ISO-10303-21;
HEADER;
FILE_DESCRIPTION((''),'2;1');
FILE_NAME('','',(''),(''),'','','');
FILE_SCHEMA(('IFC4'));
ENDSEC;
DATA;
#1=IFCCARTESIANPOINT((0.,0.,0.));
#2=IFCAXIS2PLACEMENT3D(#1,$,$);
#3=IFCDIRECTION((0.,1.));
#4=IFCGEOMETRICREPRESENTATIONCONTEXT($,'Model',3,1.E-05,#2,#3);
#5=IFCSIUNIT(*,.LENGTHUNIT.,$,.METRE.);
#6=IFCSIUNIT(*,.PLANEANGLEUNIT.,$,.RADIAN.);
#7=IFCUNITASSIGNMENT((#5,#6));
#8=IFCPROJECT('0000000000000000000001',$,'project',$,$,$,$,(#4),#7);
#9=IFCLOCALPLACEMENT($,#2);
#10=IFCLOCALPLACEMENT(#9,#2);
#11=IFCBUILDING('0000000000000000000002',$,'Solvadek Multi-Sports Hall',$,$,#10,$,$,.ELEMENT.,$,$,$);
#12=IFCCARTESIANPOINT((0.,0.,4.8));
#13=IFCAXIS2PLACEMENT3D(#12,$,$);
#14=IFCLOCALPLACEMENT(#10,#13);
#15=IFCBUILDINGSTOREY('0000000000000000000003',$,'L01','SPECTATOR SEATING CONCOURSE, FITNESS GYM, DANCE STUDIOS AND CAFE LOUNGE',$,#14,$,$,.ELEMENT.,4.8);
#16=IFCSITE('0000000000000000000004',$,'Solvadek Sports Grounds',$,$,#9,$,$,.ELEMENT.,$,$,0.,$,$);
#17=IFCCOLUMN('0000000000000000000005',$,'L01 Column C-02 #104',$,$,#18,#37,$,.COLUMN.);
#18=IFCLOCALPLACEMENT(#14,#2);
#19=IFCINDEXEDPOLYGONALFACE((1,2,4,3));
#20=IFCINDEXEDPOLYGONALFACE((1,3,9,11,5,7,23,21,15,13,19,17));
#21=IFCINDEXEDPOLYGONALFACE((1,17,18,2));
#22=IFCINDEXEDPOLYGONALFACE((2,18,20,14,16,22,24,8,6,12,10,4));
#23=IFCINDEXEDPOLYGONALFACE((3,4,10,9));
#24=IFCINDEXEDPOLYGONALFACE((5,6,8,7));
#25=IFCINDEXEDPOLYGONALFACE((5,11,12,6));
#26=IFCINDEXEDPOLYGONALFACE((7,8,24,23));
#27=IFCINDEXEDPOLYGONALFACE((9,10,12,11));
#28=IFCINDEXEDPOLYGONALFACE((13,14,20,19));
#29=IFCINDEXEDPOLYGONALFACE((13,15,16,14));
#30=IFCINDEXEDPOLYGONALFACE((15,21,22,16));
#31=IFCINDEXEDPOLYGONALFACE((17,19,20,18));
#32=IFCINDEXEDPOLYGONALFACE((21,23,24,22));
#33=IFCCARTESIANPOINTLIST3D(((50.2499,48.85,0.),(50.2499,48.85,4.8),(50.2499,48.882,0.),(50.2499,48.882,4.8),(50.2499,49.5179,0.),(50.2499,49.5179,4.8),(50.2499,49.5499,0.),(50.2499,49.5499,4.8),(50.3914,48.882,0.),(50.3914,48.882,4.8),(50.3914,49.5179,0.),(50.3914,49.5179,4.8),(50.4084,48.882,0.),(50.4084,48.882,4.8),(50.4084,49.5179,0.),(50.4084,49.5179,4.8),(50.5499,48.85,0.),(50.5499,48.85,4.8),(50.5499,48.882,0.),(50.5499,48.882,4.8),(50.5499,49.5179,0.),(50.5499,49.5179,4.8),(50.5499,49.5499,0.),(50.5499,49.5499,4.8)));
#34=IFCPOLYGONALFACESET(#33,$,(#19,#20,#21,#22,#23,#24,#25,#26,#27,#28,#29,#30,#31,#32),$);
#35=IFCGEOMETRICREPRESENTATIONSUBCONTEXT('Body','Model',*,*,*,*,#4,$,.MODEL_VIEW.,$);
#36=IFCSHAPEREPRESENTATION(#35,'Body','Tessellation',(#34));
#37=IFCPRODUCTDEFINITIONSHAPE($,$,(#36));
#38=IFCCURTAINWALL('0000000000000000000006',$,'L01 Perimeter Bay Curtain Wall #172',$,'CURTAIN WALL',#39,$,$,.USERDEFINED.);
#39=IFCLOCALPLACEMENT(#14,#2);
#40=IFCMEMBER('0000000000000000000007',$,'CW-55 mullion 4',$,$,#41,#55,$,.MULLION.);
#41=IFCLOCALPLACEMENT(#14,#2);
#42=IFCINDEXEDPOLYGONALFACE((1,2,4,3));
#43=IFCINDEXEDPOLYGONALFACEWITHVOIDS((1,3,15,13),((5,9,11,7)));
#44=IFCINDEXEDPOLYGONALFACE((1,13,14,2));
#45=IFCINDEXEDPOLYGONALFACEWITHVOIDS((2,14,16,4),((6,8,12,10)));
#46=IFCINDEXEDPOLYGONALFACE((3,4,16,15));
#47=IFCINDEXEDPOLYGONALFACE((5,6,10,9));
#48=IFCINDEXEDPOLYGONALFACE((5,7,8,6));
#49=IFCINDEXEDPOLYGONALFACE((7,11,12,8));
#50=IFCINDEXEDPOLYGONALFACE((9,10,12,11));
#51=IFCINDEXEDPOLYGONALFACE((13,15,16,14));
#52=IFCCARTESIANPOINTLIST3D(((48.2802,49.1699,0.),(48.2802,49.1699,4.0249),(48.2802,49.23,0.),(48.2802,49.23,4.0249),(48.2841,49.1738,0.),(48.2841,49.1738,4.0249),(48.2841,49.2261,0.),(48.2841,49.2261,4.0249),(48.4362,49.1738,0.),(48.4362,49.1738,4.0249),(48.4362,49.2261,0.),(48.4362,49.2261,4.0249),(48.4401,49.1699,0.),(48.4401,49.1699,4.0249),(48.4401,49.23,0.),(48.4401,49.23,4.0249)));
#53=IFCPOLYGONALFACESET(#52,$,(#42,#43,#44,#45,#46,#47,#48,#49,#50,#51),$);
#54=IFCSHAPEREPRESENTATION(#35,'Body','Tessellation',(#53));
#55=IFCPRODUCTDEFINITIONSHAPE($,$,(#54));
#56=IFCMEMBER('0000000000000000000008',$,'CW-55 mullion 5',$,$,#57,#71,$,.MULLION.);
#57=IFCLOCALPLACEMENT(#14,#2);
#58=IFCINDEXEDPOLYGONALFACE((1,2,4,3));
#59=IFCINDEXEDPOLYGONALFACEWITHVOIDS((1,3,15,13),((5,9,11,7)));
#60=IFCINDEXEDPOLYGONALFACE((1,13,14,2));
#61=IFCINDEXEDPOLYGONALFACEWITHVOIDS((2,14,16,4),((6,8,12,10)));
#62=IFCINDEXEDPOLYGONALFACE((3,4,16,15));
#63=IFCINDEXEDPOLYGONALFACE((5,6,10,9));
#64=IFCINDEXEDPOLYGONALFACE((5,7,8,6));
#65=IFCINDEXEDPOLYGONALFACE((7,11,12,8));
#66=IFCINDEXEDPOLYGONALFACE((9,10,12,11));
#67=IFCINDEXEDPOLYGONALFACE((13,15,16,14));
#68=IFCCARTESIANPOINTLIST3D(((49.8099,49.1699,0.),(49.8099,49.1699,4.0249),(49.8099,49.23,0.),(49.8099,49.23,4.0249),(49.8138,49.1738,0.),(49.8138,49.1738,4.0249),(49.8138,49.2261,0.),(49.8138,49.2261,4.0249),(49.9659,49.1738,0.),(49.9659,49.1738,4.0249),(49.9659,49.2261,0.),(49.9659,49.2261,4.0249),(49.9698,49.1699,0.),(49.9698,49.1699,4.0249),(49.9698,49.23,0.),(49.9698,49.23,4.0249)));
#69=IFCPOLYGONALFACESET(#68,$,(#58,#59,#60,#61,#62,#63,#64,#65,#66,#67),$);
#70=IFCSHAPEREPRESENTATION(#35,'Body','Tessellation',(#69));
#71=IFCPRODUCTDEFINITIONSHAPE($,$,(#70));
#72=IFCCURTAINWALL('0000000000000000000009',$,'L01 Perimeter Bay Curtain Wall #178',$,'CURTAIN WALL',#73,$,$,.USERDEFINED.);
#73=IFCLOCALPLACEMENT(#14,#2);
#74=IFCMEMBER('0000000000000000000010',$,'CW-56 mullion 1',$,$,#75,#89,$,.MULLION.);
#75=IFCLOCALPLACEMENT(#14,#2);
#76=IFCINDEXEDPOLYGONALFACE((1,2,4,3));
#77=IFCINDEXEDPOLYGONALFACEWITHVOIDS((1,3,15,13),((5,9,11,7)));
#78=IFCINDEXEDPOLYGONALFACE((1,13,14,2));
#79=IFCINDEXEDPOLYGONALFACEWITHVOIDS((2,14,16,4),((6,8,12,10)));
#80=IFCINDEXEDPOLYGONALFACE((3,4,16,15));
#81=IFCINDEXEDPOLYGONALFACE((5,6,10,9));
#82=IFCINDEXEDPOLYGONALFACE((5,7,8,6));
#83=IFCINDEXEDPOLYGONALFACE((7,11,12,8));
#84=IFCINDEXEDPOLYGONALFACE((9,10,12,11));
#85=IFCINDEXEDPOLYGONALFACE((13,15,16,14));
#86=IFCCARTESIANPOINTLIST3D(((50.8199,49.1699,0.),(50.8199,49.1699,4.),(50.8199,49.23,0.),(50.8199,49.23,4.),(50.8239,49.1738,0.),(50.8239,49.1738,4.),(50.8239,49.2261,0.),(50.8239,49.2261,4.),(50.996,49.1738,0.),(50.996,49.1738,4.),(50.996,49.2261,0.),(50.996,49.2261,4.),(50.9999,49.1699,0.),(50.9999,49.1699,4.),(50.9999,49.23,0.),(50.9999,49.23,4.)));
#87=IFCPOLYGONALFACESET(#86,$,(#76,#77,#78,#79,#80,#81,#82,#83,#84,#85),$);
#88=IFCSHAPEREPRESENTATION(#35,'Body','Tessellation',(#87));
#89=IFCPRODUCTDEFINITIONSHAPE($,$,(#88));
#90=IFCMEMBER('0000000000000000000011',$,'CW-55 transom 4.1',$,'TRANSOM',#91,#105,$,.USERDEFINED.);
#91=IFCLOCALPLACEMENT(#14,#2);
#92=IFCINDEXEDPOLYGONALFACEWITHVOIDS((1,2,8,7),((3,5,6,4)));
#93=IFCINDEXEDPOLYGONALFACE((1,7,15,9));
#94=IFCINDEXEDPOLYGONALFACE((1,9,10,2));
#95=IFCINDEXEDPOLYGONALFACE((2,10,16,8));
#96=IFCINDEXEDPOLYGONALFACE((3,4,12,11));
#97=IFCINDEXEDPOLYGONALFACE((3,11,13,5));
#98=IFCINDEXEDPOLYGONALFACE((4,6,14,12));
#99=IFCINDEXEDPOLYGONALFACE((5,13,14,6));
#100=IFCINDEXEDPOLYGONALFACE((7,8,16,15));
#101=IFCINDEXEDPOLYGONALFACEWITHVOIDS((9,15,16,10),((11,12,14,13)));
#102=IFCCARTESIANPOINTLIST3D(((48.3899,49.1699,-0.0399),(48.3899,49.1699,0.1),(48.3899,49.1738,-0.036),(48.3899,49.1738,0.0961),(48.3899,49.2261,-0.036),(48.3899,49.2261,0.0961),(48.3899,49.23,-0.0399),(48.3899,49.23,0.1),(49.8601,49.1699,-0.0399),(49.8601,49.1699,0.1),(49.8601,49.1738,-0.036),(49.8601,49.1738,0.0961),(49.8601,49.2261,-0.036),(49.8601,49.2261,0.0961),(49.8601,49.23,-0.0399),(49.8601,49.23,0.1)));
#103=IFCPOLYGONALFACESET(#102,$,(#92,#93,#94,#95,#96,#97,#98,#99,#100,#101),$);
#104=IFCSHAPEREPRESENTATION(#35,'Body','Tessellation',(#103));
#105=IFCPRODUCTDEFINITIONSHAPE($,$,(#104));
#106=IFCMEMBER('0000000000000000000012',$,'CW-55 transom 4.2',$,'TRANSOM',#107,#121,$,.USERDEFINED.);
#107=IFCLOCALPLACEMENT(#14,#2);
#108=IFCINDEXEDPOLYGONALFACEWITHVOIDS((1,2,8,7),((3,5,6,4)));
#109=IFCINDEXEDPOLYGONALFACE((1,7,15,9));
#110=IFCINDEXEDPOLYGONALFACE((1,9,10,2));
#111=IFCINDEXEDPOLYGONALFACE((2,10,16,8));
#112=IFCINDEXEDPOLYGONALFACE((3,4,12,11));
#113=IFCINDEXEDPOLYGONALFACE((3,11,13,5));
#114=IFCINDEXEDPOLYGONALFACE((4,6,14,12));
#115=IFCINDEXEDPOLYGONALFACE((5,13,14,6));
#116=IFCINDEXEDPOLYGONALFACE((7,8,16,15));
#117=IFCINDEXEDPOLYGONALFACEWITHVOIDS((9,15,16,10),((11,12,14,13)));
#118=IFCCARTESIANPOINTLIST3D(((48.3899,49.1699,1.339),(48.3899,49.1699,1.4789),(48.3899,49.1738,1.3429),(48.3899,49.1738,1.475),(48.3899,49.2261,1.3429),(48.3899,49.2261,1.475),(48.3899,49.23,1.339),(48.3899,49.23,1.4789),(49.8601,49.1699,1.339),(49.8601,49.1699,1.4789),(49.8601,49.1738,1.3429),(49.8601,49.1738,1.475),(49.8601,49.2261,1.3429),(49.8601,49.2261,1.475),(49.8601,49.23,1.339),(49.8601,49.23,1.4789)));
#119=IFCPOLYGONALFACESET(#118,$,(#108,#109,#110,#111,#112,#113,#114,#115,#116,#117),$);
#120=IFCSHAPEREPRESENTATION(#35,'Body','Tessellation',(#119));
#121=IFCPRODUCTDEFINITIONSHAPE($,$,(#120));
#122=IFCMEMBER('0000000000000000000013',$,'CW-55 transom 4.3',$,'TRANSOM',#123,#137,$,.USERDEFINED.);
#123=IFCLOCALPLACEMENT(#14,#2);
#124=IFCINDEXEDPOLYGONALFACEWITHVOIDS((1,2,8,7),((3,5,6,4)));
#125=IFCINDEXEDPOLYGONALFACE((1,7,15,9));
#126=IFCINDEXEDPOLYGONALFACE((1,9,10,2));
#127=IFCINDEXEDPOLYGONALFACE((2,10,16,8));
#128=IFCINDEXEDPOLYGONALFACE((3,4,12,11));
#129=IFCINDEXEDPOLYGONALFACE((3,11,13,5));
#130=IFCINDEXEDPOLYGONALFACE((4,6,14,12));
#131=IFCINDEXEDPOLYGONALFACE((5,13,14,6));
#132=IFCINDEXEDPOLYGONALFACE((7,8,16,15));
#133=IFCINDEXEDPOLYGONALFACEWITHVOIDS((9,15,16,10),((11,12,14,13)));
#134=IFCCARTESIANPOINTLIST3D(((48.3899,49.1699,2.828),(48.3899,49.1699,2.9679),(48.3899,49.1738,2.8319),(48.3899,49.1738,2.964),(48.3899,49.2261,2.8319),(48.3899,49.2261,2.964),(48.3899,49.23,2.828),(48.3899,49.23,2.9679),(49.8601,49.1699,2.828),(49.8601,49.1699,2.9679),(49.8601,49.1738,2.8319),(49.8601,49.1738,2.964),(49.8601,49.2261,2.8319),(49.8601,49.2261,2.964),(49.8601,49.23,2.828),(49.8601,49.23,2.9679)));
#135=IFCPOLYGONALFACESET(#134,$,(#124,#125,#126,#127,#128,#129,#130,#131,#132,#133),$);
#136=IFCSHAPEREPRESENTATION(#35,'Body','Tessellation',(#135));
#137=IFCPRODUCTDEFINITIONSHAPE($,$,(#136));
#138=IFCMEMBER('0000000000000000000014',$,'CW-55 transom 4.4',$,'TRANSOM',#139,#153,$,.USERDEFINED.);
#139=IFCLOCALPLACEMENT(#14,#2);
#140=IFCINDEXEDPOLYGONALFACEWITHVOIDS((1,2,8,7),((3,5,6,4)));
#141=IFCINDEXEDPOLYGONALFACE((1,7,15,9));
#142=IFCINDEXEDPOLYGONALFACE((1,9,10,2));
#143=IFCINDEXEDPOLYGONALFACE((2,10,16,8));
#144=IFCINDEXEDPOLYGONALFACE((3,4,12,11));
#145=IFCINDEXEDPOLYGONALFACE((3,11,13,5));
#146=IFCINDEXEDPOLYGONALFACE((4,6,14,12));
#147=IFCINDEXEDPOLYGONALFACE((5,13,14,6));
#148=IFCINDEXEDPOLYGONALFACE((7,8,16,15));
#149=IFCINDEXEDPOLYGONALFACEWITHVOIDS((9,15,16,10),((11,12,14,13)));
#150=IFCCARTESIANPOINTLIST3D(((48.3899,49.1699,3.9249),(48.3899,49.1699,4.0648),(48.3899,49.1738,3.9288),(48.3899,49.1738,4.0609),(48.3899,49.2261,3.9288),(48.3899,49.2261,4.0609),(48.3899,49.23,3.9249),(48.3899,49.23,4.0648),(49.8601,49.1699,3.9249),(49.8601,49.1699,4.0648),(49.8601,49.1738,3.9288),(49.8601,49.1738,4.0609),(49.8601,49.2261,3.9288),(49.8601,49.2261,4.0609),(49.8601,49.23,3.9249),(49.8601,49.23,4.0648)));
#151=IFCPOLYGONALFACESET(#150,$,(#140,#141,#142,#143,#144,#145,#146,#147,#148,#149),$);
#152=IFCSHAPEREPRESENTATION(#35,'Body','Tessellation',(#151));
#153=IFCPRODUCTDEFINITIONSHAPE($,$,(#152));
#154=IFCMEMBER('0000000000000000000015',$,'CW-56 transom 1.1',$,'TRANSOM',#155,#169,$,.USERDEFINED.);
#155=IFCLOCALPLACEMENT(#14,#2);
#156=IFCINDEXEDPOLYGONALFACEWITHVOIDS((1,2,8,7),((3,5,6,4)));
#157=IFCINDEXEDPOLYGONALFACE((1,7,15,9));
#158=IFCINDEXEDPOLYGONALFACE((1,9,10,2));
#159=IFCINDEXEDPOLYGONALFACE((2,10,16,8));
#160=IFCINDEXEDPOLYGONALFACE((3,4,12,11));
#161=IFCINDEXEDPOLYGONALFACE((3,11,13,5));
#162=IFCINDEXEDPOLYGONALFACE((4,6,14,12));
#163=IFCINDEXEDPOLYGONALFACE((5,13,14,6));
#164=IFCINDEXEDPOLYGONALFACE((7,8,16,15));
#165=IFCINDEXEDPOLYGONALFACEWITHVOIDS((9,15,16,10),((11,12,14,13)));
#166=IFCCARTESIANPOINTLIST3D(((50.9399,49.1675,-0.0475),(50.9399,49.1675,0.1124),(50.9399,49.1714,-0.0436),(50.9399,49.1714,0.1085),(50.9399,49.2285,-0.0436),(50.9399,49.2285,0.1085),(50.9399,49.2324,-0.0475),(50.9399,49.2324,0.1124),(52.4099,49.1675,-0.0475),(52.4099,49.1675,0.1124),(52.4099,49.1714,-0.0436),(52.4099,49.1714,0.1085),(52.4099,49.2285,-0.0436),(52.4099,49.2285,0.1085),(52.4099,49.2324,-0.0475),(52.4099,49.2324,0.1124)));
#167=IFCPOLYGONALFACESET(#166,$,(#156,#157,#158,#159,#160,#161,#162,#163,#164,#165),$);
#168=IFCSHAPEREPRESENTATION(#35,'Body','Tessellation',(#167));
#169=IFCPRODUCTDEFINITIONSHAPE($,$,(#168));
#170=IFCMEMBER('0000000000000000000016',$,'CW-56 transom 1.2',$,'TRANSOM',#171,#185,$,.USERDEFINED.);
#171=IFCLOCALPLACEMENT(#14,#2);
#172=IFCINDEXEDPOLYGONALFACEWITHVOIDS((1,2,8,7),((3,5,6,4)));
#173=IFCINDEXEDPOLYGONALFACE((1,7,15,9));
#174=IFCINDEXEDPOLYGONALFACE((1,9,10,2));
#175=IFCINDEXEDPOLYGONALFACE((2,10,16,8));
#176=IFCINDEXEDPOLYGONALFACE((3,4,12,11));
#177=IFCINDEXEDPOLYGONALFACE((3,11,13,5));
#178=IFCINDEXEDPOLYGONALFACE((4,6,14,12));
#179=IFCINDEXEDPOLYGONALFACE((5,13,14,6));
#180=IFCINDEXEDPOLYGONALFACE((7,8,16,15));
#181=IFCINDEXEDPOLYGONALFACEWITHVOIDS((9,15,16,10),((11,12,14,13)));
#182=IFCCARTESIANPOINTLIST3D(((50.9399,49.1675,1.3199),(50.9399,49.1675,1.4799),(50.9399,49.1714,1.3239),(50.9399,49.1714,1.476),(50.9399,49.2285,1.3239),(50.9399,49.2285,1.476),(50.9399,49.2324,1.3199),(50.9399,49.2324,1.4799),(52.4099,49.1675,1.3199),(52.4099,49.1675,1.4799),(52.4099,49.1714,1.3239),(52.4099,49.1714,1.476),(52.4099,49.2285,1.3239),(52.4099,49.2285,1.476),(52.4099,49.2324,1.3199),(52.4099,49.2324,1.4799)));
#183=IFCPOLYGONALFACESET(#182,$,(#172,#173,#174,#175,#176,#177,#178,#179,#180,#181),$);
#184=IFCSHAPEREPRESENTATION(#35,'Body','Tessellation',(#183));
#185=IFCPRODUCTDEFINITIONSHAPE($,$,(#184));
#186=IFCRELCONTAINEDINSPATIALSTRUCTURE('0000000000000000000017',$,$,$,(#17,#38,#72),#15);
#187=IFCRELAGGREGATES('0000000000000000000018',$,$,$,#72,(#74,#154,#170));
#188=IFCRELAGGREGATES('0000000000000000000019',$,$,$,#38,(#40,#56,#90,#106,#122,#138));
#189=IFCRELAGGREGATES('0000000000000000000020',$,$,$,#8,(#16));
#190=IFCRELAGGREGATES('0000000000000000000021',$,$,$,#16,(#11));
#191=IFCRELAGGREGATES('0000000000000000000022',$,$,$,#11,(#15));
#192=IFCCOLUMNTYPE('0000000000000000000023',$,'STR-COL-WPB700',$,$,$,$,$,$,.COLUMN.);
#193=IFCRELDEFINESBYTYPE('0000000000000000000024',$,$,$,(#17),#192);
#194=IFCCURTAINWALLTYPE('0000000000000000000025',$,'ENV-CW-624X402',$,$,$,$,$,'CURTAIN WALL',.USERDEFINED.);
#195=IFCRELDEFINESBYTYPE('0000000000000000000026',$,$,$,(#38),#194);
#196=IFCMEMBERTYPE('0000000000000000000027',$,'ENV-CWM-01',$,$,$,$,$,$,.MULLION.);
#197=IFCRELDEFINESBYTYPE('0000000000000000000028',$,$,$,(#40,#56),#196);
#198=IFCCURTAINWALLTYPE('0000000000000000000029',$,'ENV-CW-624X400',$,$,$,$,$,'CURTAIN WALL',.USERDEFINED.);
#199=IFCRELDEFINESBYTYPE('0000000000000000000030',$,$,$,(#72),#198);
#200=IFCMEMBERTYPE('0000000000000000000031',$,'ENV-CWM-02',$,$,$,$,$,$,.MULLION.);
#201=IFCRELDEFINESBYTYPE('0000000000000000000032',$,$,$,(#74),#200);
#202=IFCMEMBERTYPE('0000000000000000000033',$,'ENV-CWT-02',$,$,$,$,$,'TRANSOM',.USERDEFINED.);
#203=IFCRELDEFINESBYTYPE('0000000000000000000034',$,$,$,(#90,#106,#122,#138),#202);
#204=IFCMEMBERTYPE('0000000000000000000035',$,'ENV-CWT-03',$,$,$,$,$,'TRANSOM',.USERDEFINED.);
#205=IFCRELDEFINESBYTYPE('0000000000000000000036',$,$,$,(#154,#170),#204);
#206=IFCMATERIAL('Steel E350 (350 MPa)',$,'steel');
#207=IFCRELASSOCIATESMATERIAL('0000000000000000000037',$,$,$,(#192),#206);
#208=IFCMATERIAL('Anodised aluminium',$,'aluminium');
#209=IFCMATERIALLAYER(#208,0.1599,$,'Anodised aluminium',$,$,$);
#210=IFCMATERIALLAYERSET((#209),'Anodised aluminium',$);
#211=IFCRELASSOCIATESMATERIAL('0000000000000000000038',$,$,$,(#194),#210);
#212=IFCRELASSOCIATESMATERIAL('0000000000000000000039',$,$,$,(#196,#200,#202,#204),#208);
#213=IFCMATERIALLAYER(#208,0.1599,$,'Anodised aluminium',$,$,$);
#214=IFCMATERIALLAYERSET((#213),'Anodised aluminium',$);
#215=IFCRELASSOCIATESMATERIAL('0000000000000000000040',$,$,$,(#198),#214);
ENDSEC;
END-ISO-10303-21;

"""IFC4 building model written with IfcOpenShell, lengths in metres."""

from ifc_helpers import new_model, si_unit, direction, frame, origin, origin_2d, place, context, subcontext, project, spatial, hollow_rectangle, i_section, extrude, material, layer, layer_set, material_profile, profile_set, type_object, element, aggregate, save


model = new_model("IFC4")

# Units and contexts
model_context = context("Model", 3, precision=1e-05, world=origin(), true_north=direction((0.0, 1.0)))
body_context = subcontext(model_context, "Body", "Model", "MODEL_VIEW")
ifc_project = project(units=[si_unit("LENGTHUNIT", "METRE"), si_unit("PLANEANGLEUNIT", "RADIAN")], contexts=[model_context])

# Site, building, storey
site_placement = place(None, origin())
site = spatial("IfcSite", under=ifc_project, at=site_placement, Name="Solvadek Sports Grounds", CompositionType="ELEMENT", RefElevation=0.0)
building_placement = place(site_placement, origin())
building = spatial("IfcBuilding", under=site, at=building_placement, Name="Solvadek Multi-Sports Hall", CompositionType="ELEMENT")
storey_placement = place(building_placement, frame((0.0, 0.0, 4.8)))
storey = spatial("IfcBuildingStorey", under=building, at=storey_placement, Name="L01", Description="SPECTATOR SEATING CONCOURSE, FITNESS GYM, DANCE STUDIOS AND CAFE LOUNGE", CompositionType="ELEMENT", Elevation=4.8)

# Column
ifc_material_1 = material(Name="Steel E350 (350 MPa)", Category="steel")
ifc_material_profile_1 = material_profile(ifc_material_1, i_section(OverallWidth=0.3, OverallDepth=0.7, WebThickness=0.0171, FlangeThickness=0.032, at=origin_2d()), Name="WPB 700")
ifc_profile_set_1 = profile_set([ifc_material_profile_1], Name="Steel E350 (350 MPa)")
column_type = type_object("IfcColumnType", Name="STR-COL-WPB700", PredefinedType="COLUMN", material=ifc_profile_set_1)
column_placement = place(storey_placement, frame((50.3999, 49.2, 0.0), z_axis=(0.0, 0.0, 1.0), x_axis=(1.0, 0.0, 0.0)))
element("IfcColumn", 1, at=column_placement, inside=storey, type_object=column_type, Name="L01 Column C-02 #104", PredefinedType="COLUMN", context=body_context, shape_type="SweptSolid", body=[
    extrude(i_section(OverallWidth=0.3, OverallDepth=0.7, WebThickness=0.0171, FlangeThickness=0.032, at=origin_2d()), origin(), (0.0, 0.0, 1.0), 4.8),
])

# Curtain wall, members
ifc_material_2 = material(Name="Anodised aluminium", Category="aluminium")
ifc_layer_1 = layer(ifc_material_2, 0.1599, Name="Anodised aluminium")
ifc_layer_set_1 = layer_set([ifc_layer_1], Name="Anodised aluminium")
curtain_wall_type_1 = type_object("IfcCurtainWallType", Name="ENV-CW-624X402", ElementType="CURTAIN WALL", PredefinedType="USERDEFINED", material=ifc_layer_set_1)
curtain_wall_1_placement = place(storey_placement, origin())
curtain_wall_1 = element("IfcCurtainWall", 2, at=curtain_wall_1_placement, inside=storey, type_object=curtain_wall_type_1, Name="L01 Perimeter Bay Curtain Wall #172", ObjectType="CURTAIN WALL", PredefinedType="USERDEFINED")
ifc_material_profile_2 = material_profile(ifc_material_2, hollow_rectangle(XDim=0.0601, YDim=0.1599, WallThickness=0.0039, at=origin_2d()), Name="ALU-M 160x60x4")
ifc_profile_set_2 = profile_set([ifc_material_profile_2], Name="Anodised aluminium")
member_type_1 = type_object("IfcMemberType", Name="ENV-CWM-01", PredefinedType="MULLION", material=ifc_profile_set_2)
member_1_placement = place(storey_placement, frame((48.3601, 49.2, 0.0), z_axis=(0.0, 0.0, 1.0), x_axis=(0.0, 1.0, 0.0)))
member_1 = element("IfcMember", 3, at=member_1_placement, type_object=member_type_1, Name="CW-55 mullion 4", PredefinedType="MULLION", context=body_context, shape_type="SweptSolid", body=[
    extrude(hollow_rectangle(XDim=0.0601, YDim=0.1599, WallThickness=0.0039, at=origin_2d()), origin(), (0.0, 0.0, 1.0), 4.0249),
])
member_2_placement = place(storey_placement, frame((49.8899, 49.2, 0.0), z_axis=(0.0, 0.0, 1.0), x_axis=(0.0, 1.0, 0.0)))
member_2 = element("IfcMember", 4, at=member_2_placement, type_object=member_type_1, Name="CW-55 mullion 5", PredefinedType="MULLION", context=body_context, shape_type="SweptSolid", body=[
    extrude(hollow_rectangle(XDim=0.0601, YDim=0.1599, WallThickness=0.0039, at=origin_2d()), origin(), (0.0, 0.0, 1.0), 4.0249),
])

# Curtain wall, member
ifc_layer_2 = layer(ifc_material_2, 0.1599, Name="Anodised aluminium")
ifc_layer_set_2 = layer_set([ifc_layer_2], Name="Anodised aluminium")
curtain_wall_type_2 = type_object("IfcCurtainWallType", Name="ENV-CW-624X400", ElementType="CURTAIN WALL", PredefinedType="USERDEFINED", material=ifc_layer_set_2)
curtain_wall_2_placement = place(storey_placement, origin())
curtain_wall_2 = element("IfcCurtainWall", 5, at=curtain_wall_2_placement, inside=storey, type_object=curtain_wall_type_2, Name="L01 Perimeter Bay Curtain Wall #178", ObjectType="CURTAIN WALL", PredefinedType="USERDEFINED")
ifc_material_profile_3 = material_profile(ifc_material_2, hollow_rectangle(XDim=0.0601, YDim=0.1799, WallThickness=0.0039, at=origin_2d()), Name="ALU-M 180x60x4")
ifc_profile_set_3 = profile_set([ifc_material_profile_3], Name="Anodised aluminium")
member_type_2 = type_object("IfcMemberType", Name="ENV-CWM-02", PredefinedType="MULLION", material=ifc_profile_set_3)
member_3_placement = place(storey_placement, frame((50.9099, 49.2, 0.0), z_axis=(0.0, 0.0, 1.0), x_axis=(0.0, 1.0, 0.0)))
member_3 = element("IfcMember", 6, at=member_3_placement, type_object=member_type_2, Name="CW-56 mullion 1", PredefinedType="MULLION", context=body_context, shape_type="SweptSolid", body=[
    extrude(hollow_rectangle(XDim=0.0601, YDim=0.1799, WallThickness=0.0039, at=origin_2d()), origin(), (0.0, 0.0, 1.0), 4.0),
])

# Members
ifc_material_profile_4 = material_profile(ifc_material_2, hollow_rectangle(XDim=0.0601, YDim=0.1399, WallThickness=0.0039, at=origin_2d()), Name="ALU-T 140x60x4")
ifc_profile_set_4 = profile_set([ifc_material_profile_4], Name="Anodised aluminium")
member_type_3 = type_object("IfcMemberType", Name="ENV-CWT-02", ElementType="TRANSOM", PredefinedType="USERDEFINED", material=ifc_profile_set_4)
member_4_placement = place(storey_placement, frame((48.3899, 49.2, 0.03), z_axis=(1.0, 0.0, 0.0), x_axis=(0.0, 1.0, 0.0)))
member_4 = element("IfcMember", 7, at=member_4_placement, type_object=member_type_3, Name="CW-55 transom 4.1", ObjectType="TRANSOM", PredefinedType="USERDEFINED", context=body_context, shape_type="SweptSolid", body=[
    extrude(hollow_rectangle(XDim=0.0601, YDim=0.1399, WallThickness=0.0039, at=origin_2d()), origin(), (0.0, 0.0, 1.0), 1.4702),
])
member_5_placement = place(storey_placement, frame((48.3899, 49.2, 1.4089), z_axis=(1.0, 0.0, 0.0), x_axis=(0.0, 1.0, 0.0)))
member_5 = element("IfcMember", 8, at=member_5_placement, type_object=member_type_3, Name="CW-55 transom 4.2", ObjectType="TRANSOM", PredefinedType="USERDEFINED", context=body_context, shape_type="SweptSolid", body=[
    extrude(hollow_rectangle(XDim=0.0601, YDim=0.1399, WallThickness=0.0039, at=origin_2d()), origin(), (0.0, 0.0, 1.0), 1.4702),
])
member_6_placement = place(storey_placement, frame((48.3899, 49.2, 2.8979), z_axis=(1.0, 0.0, 0.0), x_axis=(0.0, 1.0, 0.0)))
member_6 = element("IfcMember", 9, at=member_6_placement, type_object=member_type_3, Name="CW-55 transom 4.3", ObjectType="TRANSOM", PredefinedType="USERDEFINED", context=body_context, shape_type="SweptSolid", body=[
    extrude(hollow_rectangle(XDim=0.0601, YDim=0.1399, WallThickness=0.0039, at=origin_2d()), origin(), (0.0, 0.0, 1.0), 1.4702),
])
member_7_placement = place(storey_placement, frame((48.3899, 49.2, 3.9949), z_axis=(1.0, 0.0, 0.0), x_axis=(0.0, 1.0, 0.0)))
member_7 = element("IfcMember", 10, at=member_7_placement, type_object=member_type_3, Name="CW-55 transom 4.4", ObjectType="TRANSOM", PredefinedType="USERDEFINED", context=body_context, shape_type="SweptSolid", body=[
    extrude(hollow_rectangle(XDim=0.0601, YDim=0.1399, WallThickness=0.0039, at=origin_2d()), origin(), (0.0, 0.0, 1.0), 1.4702),
])
ifc_material_profile_5 = material_profile(ifc_material_2, hollow_rectangle(XDim=0.0649, YDim=0.1599, WallThickness=0.0039, at=origin_2d()), Name="ALU-T 160x65x4")
ifc_profile_set_5 = profile_set([ifc_material_profile_5], Name="Anodised aluminium")
member_type_4 = type_object("IfcMemberType", Name="ENV-CWT-03", ElementType="TRANSOM", PredefinedType="USERDEFINED", material=ifc_profile_set_5)
member_8_placement = place(storey_placement, frame((50.9399, 49.2, 0.0325), z_axis=(1.0, 0.0, 0.0), x_axis=(0.0, 1.0, 0.0)))
member_8 = element("IfcMember", 11, at=member_8_placement, type_object=member_type_4, Name="CW-56 transom 1.1", ObjectType="TRANSOM", PredefinedType="USERDEFINED", context=body_context, shape_type="SweptSolid", body=[
    extrude(hollow_rectangle(XDim=0.0649, YDim=0.1599, WallThickness=0.0039, at=origin_2d()), origin(), (0.0, 0.0, 1.0), 1.47),
])
member_9_placement = place(storey_placement, frame((50.9399, 49.2, 1.3999), z_axis=(1.0, 0.0, 0.0), x_axis=(0.0, 1.0, 0.0)))
member_9 = element("IfcMember", 12, at=member_9_placement, type_object=member_type_4, Name="CW-56 transom 1.2", ObjectType="TRANSOM", PredefinedType="USERDEFINED", context=body_context, shape_type="SweptSolid", body=[
    extrude(hollow_rectangle(XDim=0.0649, YDim=0.1599, WallThickness=0.0039, at=origin_2d()), origin(), (0.0, 0.0, 1.0), 1.47),
])

aggregate(curtain_wall_2, [member_3, member_8, member_9])
aggregate(curtain_wall_1, [member_1, member_2, member_4, member_5, member_6, member_7])

save(model, "model.ifc")
